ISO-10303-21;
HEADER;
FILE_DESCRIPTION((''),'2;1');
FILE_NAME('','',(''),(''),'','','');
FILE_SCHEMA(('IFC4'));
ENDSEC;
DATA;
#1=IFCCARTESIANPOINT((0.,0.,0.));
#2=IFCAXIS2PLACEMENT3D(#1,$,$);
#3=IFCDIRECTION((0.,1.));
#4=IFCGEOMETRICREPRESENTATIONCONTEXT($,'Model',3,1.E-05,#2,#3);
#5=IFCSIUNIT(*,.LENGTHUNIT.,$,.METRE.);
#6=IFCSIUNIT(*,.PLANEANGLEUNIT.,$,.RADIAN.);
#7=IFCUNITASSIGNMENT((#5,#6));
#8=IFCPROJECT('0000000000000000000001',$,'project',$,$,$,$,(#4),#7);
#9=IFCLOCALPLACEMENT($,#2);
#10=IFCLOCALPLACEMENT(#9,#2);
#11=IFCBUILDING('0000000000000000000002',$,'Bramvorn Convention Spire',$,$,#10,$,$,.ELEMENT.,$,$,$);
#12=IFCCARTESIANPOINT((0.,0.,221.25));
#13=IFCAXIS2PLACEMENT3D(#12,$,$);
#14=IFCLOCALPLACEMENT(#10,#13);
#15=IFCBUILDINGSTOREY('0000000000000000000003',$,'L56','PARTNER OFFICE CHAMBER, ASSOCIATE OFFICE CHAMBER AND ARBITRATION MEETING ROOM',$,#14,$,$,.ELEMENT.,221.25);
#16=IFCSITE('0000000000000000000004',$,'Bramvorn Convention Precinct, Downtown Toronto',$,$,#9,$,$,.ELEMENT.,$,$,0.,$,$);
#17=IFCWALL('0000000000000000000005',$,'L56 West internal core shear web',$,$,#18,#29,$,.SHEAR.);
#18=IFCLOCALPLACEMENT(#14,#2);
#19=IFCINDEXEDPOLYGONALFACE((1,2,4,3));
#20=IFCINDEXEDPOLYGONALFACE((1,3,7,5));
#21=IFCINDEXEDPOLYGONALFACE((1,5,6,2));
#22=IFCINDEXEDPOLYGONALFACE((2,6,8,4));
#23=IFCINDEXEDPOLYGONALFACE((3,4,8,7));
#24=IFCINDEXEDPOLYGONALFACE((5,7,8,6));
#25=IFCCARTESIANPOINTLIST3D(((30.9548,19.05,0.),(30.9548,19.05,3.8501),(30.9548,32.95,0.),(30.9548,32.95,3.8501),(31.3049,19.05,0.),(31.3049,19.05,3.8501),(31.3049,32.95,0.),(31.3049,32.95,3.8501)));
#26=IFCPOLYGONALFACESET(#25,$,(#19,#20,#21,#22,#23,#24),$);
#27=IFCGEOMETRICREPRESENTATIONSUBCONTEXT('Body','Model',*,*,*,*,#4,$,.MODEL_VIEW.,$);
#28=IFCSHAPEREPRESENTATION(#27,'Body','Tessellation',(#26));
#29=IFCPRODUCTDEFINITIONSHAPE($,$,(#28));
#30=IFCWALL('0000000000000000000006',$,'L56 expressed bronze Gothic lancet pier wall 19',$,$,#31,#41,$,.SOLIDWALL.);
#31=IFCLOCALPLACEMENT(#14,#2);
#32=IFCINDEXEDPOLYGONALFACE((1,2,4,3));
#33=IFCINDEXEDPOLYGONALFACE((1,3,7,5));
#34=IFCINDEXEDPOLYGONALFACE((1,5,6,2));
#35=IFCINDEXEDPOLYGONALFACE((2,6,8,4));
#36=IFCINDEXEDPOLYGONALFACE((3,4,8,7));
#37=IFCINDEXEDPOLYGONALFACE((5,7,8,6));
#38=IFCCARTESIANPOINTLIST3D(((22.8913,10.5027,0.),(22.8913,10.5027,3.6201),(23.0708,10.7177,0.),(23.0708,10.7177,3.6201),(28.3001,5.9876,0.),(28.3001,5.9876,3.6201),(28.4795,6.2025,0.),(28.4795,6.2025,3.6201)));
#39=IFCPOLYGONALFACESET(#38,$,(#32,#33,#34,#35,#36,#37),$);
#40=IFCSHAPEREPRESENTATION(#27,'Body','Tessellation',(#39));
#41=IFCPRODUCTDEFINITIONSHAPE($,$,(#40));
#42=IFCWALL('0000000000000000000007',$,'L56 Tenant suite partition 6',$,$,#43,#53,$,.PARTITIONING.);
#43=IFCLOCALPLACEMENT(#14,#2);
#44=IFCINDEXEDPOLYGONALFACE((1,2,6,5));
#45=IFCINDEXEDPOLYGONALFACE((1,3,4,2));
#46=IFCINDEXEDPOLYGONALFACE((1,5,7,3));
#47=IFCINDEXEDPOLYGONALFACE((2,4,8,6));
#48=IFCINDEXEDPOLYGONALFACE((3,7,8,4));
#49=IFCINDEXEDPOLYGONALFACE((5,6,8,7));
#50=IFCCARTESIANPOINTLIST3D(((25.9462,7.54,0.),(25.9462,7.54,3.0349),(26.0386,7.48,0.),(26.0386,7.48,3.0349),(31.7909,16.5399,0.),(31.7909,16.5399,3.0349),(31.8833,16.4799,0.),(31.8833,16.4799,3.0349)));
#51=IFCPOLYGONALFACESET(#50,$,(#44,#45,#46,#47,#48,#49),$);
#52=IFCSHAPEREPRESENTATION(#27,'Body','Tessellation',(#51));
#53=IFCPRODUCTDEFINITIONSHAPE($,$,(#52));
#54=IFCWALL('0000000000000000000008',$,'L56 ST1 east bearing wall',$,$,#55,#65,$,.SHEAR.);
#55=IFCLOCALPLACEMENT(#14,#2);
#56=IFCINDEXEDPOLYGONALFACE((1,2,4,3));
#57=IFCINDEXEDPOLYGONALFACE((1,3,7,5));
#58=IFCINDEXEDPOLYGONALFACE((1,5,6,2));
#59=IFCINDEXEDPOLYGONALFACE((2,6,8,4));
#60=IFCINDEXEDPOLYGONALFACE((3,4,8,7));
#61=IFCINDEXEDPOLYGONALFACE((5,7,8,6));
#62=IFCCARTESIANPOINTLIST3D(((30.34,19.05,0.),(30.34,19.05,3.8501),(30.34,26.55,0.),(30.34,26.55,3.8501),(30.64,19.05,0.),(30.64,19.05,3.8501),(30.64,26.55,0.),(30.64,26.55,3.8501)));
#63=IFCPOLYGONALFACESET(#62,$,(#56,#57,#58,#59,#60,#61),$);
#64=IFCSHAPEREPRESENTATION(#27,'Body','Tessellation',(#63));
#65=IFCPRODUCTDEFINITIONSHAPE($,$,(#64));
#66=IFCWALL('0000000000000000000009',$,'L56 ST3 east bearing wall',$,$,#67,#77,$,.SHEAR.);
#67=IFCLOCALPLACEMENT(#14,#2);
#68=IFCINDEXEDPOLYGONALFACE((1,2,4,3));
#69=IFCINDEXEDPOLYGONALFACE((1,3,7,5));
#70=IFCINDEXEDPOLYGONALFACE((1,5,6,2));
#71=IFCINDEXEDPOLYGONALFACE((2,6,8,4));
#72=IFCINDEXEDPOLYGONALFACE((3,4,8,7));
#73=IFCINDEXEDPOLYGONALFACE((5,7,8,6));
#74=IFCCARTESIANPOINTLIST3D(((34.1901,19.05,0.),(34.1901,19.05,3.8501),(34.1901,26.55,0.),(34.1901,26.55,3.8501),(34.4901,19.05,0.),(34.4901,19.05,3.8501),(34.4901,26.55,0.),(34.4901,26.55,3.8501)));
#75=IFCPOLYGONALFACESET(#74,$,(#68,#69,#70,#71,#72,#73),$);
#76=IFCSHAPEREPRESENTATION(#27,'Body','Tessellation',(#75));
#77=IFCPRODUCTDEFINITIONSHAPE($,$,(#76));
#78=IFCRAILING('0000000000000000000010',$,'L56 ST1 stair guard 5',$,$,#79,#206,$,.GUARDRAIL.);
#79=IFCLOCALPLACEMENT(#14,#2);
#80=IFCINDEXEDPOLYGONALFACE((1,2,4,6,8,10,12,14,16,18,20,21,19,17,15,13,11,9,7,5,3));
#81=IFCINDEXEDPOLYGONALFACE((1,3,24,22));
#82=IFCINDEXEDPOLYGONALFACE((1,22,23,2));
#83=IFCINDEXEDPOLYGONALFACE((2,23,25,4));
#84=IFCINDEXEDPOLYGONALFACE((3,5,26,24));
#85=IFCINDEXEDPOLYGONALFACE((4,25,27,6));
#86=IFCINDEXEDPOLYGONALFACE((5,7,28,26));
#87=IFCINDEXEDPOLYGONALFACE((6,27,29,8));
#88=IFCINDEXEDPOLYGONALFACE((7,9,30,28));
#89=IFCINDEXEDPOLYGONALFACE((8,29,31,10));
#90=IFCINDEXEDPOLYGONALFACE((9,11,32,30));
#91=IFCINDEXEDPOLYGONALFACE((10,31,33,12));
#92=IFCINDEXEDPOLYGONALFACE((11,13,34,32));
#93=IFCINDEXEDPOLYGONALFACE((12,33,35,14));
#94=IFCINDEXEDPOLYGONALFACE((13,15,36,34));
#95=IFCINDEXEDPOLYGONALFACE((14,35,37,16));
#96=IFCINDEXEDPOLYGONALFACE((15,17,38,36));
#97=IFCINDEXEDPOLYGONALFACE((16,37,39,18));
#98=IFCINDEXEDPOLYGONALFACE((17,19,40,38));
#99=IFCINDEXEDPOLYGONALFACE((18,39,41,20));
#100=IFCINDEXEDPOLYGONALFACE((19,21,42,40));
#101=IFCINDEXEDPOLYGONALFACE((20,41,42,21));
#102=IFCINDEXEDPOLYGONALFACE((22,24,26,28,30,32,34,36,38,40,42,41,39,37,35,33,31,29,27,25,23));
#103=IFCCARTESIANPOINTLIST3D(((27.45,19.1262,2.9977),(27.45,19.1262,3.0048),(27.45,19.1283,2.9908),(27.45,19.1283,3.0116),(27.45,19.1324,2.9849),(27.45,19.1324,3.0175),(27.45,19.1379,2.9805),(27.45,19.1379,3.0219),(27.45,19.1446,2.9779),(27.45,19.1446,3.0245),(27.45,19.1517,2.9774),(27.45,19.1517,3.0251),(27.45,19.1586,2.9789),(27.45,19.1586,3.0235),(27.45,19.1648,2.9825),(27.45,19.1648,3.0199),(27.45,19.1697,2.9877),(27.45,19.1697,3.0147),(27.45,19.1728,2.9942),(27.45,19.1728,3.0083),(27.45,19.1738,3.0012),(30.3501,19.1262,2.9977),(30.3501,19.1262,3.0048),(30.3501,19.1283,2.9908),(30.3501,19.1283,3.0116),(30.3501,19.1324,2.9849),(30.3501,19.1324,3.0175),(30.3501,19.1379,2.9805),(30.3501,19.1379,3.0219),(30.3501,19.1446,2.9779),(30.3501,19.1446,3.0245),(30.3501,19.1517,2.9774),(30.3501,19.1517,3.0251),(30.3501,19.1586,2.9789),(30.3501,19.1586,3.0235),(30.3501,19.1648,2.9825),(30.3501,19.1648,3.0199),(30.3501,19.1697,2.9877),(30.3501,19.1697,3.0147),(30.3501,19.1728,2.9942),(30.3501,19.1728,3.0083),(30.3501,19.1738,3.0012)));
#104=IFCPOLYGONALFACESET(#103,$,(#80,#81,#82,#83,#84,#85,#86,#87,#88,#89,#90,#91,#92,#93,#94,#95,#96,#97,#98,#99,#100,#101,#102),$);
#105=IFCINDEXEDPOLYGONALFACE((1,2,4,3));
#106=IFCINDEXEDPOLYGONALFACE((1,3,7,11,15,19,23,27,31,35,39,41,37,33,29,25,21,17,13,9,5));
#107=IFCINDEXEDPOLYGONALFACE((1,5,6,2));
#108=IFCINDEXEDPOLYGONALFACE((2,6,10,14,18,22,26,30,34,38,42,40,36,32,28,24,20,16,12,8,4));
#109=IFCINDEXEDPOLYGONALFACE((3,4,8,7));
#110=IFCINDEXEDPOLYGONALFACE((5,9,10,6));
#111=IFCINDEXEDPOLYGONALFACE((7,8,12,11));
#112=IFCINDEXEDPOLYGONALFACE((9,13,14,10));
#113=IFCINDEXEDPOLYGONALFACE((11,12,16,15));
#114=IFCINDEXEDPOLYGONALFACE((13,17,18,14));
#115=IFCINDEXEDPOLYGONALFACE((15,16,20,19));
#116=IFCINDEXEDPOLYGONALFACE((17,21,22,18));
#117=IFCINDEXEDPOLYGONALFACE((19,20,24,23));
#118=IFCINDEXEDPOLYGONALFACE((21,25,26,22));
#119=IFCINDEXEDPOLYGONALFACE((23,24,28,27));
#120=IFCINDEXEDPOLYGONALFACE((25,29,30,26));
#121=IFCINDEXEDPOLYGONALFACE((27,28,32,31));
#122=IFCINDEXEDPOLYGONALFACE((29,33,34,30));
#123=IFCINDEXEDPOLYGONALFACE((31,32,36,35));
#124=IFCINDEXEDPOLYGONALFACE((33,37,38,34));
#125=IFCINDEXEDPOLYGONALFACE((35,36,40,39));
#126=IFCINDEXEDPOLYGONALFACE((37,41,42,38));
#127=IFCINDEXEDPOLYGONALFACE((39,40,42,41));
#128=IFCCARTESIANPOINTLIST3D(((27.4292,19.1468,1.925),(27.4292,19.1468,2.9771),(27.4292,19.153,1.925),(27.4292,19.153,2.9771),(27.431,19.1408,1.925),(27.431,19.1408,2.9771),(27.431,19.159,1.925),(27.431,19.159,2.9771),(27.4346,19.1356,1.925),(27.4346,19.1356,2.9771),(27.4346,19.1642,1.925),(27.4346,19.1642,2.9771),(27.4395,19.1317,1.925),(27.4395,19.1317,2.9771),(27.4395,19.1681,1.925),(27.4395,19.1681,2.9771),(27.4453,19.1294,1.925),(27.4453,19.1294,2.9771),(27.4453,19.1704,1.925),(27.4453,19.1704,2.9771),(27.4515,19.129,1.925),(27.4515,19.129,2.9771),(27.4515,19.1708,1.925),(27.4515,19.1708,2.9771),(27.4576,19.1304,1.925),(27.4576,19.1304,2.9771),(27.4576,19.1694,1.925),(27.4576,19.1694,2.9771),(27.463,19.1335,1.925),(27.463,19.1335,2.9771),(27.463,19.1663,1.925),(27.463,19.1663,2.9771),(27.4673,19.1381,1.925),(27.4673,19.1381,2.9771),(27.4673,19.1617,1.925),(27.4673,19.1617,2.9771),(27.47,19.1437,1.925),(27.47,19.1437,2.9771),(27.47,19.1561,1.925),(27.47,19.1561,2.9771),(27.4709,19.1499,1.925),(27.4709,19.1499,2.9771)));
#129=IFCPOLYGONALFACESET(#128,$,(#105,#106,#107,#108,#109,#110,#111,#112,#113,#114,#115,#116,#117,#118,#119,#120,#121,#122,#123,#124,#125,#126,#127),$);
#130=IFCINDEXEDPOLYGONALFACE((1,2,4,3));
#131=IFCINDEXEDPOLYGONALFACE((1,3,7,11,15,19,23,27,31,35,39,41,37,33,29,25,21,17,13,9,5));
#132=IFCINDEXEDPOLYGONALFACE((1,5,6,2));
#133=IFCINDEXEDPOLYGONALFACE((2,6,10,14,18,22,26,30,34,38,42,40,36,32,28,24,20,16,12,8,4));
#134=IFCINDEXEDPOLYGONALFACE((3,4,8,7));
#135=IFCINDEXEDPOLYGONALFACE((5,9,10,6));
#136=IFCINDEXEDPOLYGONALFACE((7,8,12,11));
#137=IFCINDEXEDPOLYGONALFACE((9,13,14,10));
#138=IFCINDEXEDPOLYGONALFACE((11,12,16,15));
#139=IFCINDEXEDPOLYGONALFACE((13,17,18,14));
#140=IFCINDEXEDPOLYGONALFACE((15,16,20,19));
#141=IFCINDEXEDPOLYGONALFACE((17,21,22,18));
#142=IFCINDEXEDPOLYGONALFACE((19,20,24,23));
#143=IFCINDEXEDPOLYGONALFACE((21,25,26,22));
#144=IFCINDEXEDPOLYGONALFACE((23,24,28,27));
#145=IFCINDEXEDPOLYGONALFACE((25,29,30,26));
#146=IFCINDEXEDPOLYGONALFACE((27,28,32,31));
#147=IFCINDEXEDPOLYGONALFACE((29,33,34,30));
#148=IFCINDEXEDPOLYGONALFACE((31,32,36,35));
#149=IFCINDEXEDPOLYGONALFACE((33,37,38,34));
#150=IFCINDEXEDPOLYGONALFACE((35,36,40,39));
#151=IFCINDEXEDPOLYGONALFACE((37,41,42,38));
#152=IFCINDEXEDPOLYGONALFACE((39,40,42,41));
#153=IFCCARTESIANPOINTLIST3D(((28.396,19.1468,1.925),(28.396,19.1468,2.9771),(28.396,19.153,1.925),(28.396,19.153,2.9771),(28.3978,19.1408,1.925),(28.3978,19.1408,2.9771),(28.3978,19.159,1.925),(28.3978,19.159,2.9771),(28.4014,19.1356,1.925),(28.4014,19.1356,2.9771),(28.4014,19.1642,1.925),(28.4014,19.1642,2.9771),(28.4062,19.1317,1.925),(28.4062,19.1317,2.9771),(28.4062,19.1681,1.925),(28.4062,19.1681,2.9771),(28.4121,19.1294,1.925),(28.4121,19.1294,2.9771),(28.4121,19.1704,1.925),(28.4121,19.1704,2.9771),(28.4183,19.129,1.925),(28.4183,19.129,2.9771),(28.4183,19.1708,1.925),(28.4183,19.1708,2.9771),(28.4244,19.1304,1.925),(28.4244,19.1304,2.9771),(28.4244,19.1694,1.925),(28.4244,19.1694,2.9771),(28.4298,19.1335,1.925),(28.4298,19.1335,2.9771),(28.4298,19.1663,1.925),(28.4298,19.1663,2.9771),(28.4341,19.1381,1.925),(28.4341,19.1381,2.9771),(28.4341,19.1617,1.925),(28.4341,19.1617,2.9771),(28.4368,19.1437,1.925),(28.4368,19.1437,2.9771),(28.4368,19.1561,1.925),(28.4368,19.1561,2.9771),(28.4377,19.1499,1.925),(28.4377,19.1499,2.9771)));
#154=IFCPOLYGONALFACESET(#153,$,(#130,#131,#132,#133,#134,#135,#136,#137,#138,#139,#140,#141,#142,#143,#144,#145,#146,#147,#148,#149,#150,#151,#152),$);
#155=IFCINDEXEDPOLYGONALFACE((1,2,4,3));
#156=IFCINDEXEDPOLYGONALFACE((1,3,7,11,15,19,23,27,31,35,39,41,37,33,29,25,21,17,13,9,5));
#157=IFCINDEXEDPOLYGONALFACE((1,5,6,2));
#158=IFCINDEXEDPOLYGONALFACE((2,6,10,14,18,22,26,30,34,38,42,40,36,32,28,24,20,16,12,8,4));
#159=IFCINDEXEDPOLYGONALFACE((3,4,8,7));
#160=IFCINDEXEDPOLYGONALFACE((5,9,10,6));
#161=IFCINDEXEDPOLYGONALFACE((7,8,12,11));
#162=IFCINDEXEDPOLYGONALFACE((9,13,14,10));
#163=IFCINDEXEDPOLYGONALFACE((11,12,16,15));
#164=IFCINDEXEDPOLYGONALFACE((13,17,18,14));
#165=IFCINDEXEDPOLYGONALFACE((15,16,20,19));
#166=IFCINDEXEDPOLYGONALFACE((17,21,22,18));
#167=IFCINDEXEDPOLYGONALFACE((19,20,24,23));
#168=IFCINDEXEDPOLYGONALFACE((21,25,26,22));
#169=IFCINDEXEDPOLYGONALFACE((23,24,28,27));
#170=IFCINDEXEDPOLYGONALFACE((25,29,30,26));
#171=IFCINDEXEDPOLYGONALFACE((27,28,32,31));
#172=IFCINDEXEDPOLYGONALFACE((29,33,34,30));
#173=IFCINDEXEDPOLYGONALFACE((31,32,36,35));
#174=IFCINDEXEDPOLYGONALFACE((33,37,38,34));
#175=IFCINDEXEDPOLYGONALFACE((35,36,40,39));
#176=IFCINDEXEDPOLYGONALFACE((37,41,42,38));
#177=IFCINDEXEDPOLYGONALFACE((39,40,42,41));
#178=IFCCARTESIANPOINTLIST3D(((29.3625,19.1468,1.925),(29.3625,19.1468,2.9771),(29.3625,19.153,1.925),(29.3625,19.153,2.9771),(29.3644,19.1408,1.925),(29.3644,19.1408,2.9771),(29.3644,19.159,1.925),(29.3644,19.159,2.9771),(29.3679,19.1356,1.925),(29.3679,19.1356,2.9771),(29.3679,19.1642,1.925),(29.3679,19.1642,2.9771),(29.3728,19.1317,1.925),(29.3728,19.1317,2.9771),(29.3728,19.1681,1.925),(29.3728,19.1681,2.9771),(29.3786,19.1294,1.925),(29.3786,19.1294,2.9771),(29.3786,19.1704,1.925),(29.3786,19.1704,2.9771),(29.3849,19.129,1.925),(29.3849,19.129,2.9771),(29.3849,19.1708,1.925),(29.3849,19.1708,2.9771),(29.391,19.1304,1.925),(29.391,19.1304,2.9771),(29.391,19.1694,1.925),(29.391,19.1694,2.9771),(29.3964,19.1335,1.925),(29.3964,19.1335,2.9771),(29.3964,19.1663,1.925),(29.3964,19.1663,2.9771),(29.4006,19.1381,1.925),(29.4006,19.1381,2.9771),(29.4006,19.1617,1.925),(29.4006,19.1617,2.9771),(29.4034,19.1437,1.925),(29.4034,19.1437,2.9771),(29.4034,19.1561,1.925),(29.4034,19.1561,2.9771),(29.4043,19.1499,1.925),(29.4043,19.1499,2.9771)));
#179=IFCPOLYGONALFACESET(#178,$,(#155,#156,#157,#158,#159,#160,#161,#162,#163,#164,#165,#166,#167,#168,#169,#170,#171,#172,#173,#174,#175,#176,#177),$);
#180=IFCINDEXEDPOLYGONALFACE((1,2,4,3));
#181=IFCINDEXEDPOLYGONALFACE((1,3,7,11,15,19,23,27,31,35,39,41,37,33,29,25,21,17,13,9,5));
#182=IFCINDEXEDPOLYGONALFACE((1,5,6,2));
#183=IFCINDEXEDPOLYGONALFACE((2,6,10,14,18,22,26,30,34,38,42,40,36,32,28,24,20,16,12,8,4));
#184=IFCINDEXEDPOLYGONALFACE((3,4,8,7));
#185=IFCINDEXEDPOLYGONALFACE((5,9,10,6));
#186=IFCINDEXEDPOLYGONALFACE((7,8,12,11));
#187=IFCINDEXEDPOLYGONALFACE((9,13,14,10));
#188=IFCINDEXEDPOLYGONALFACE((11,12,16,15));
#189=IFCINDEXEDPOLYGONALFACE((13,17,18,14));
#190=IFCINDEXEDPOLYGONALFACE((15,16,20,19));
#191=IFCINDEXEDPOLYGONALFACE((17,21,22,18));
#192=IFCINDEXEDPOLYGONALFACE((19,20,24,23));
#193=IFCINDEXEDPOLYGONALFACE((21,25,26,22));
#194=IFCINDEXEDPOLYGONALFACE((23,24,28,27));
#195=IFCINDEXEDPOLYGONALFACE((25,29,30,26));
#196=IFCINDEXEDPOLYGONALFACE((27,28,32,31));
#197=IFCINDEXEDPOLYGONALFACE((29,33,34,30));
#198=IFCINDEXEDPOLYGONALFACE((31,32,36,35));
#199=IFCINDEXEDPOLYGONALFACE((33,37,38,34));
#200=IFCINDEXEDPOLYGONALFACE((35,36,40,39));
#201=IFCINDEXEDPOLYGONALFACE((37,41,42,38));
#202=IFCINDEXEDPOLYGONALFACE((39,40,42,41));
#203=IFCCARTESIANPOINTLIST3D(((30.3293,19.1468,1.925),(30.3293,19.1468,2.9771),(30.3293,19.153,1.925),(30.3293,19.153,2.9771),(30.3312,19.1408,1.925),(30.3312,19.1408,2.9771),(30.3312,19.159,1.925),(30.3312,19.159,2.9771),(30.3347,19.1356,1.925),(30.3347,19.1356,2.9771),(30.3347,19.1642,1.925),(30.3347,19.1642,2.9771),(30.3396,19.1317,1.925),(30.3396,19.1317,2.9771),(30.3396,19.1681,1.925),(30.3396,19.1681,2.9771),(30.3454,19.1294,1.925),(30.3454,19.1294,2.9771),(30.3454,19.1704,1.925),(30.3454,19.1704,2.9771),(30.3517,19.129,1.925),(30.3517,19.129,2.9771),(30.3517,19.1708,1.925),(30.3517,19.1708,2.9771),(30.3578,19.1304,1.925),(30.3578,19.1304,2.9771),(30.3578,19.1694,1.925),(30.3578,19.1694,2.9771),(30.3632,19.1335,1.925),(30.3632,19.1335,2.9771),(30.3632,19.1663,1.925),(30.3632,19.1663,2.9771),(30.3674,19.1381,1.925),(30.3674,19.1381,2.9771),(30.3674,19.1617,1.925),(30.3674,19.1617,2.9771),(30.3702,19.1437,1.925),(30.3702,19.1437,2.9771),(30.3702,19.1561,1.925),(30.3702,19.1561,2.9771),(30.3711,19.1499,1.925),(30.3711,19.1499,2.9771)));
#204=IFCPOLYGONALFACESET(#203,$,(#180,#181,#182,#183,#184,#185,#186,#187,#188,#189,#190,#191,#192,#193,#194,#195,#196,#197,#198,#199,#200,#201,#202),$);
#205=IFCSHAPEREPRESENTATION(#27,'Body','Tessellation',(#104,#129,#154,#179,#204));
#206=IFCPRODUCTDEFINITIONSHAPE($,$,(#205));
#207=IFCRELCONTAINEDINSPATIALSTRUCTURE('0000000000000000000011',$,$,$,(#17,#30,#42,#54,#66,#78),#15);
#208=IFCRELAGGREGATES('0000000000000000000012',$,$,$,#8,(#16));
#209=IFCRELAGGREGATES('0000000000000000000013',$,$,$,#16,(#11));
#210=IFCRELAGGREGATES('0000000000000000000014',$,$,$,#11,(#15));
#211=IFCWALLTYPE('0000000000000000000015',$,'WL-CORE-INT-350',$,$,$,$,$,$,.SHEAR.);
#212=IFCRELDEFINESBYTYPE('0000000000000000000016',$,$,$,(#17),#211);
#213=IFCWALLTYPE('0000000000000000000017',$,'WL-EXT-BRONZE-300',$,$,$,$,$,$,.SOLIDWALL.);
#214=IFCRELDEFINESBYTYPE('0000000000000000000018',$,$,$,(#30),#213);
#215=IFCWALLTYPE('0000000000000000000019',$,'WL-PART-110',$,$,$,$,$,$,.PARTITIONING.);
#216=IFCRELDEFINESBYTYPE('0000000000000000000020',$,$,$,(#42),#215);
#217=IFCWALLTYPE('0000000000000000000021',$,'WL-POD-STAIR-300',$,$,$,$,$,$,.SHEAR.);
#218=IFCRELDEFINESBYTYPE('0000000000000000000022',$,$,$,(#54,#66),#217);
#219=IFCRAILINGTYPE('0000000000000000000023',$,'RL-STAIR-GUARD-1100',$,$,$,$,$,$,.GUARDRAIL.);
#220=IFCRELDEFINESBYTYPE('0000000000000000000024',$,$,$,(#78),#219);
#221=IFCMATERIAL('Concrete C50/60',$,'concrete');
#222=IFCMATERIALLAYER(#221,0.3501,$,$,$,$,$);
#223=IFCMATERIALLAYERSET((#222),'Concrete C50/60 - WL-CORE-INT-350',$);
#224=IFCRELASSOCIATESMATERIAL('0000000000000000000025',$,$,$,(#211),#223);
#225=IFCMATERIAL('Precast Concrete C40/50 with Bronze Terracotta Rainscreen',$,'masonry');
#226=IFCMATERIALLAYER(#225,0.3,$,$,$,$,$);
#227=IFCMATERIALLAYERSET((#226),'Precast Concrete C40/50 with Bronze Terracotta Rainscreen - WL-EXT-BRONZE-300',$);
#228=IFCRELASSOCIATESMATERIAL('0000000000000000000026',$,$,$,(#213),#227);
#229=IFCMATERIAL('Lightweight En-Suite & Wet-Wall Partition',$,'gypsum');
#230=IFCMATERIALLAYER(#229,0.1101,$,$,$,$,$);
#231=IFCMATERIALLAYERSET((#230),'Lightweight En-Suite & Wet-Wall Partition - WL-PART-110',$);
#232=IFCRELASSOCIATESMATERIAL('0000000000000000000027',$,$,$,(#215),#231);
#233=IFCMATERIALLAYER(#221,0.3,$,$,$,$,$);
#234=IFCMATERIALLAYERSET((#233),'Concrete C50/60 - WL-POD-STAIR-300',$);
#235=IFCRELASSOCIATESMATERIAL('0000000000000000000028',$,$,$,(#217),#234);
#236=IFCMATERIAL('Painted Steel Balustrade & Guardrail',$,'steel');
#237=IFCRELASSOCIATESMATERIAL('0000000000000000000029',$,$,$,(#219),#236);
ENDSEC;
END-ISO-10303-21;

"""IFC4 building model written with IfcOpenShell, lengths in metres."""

from ifc_helpers import new_model, si_unit, direction, frame, frame_2d, origin, origin_2d, place, context, subcontext, project, spatial, rectangle, circle, extrude, material, layer, layer_set, type_object, element, save


model = new_model("IFC4")

# Units and contexts
model_context = context("Model", 3, precision=1e-05, world=origin(), true_north=direction((0.0, 1.0)))
body_context = subcontext(model_context, "Body", "Model", "MODEL_VIEW")
ifc_project = project(units=[si_unit("LENGTHUNIT", "METRE"), si_unit("PLANEANGLEUNIT", "RADIAN")], contexts=[model_context])

# Site, building, storey
site_placement = place(None, origin())
site = spatial("IfcSite", under=ifc_project, at=site_placement, Name="Bramvorn Convention Precinct, Downtown Toronto", CompositionType="ELEMENT", RefElevation=0.0)
building_placement = place(site_placement, origin())
building = spatial("IfcBuilding", under=site, at=building_placement, Name="Bramvorn Convention Spire", CompositionType="ELEMENT")
storey_placement = place(building_placement, frame((0.0, 0.0, 221.25)))
storey = spatial("IfcBuildingStorey", under=building, at=storey_placement, Name="L56", Description="PARTNER OFFICE CHAMBER, ASSOCIATE OFFICE CHAMBER AND ARBITRATION MEETING ROOM", CompositionType="ELEMENT", Elevation=221.25)

# Walls
ifc_material_1 = material(Name="Concrete C50/60", Category="concrete")
ifc_layer_1 = layer(ifc_material_1, 0.3501)
ifc_layer_set_1 = layer_set([ifc_layer_1], Name="Concrete C50/60 - WL-CORE-INT-350")
wall_type_1 = type_object("IfcWallType", Name="WL-CORE-INT-350", PredefinedType="SHEAR", material=ifc_layer_set_1)
wall_1_placement = place(storey_placement, frame((31.1299, 19.05, 0.0), z_axis=(0.0, 0.0, 1.0), x_axis=(0.0, 1.0, 0.0)))
element("IfcWall", 1, at=wall_1_placement, inside=storey, type_object=wall_type_1, Name="L56 West internal core shear web", PredefinedType="SHEAR", context=body_context, shape_type="SweptSolid", body=[
    extrude(rectangle(XDim=13.8999, YDim=0.3501, at=frame_2d((6.95, 0.0))), origin(), (0.0, 0.0, 1.0), 3.8501),
])
ifc_material_2 = material(Name="Precast Concrete C40/50 with Bronze Terracotta Rainscreen", Category="masonry")
ifc_layer_2 = layer(ifc_material_2, 0.3)
ifc_layer_set_2 = layer_set([ifc_layer_2], Name="Precast Concrete C40/50 with Bronze Terracotta Rainscreen - WL-EXT-BRONZE-300")
wall_type_2 = type_object("IfcWallType", Name="WL-EXT-BRONZE-300", PredefinedType="SOLIDWALL", material=ifc_layer_set_2)
wall_2_placement = place(storey_placement, frame((28.3899, 6.095, 0.0), z_axis=(0.0, 0.0, 1.0), x_axis=(-0.76767, 0.640845, 0.0)))
element("IfcWall", 2, at=wall_2_placement, inside=storey, type_object=wall_type_2, Name="L56 expressed bronze Gothic lancet pier wall 19", PredefinedType="SOLIDWALL", context=body_context, shape_type="SweptSolid", body=[
    extrude(rectangle(XDim=7.0457, YDim=0.28, at=frame_2d((3.5229, 0.0))), origin(), (0.0, 0.0, 1.0), 3.6201),
])
ifc_material_3 = material(Name="Lightweight En-Suite & Wet-Wall Partition", Category="gypsum")
ifc_layer_3 = layer(ifc_material_3, 0.1101)
ifc_layer_set_3 = layer_set([ifc_layer_3], Name="Lightweight En-Suite & Wet-Wall Partition - WL-PART-110")
wall_type_3 = type_object("IfcWallType", Name="WL-PART-110", PredefinedType="PARTITIONING", material=ifc_layer_set_3)
wall_3_placement = place(storey_placement, frame((31.8372, 16.51, 0.0), z_axis=(0.0, 0.0, 1.0), x_axis=(-0.544643, -0.838668, 0.0)))
element("IfcWall", 3, at=wall_3_placement, inside=storey, type_object=wall_type_3, Name="L56 Tenant suite partition 6", PredefinedType="PARTITIONING", context=body_context, shape_type="SweptSolid", body=[
    extrude(rectangle(XDim=10.7312, YDim=0.1101, at=frame_2d((5.3657, 0.0))), origin(), (0.0, 0.0, 1.0), 3.0349),
])
ifc_layer_4 = layer(ifc_material_1, 0.3)
ifc_layer_set_4 = layer_set([ifc_layer_4], Name="Concrete C50/60 - WL-POD-STAIR-300")
wall_type_4 = type_object("IfcWallType", Name="WL-POD-STAIR-300", PredefinedType="SHEAR", material=ifc_layer_set_4)
for number, where, z_axis, x_axis, name in (
    (4, (30.49, 19.05, 0.0), (0.0, 0.0, 1.0), (0.0, 1.0, 0.0), "L56 ST1 east bearing wall"),
    (5, (34.3401, 19.05, 0.0), (0.0, 0.0, 1.0), (0.0, 1.0, 0.0), "L56 ST3 east bearing wall"),
):
    element("IfcWall", number, at=place(storey_placement, frame(where, z_axis=z_axis, x_axis=x_axis)), inside=storey, type_object=wall_type_4, Name=name, PredefinedType="SHEAR", context=body_context, shape_type="SweptSolid", body=[
        extrude(rectangle(XDim=7.5, YDim=0.3, at=frame_2d((3.75, 0.0))), origin(), (0.0, 0.0, 1.0), 3.8501),
    ])

# Railing
ifc_material_4 = material(Name="Painted Steel Balustrade & Guardrail", Category="steel")
railing_type = type_object("IfcRailingType", Name="RL-STAIR-GUARD-1100", PredefinedType="GUARDRAIL", material=ifc_material_4)
railing_1_placement = place(storey_placement, frame((27.45, 19.1499, 1.925)))
element("IfcRailing", 6, at=railing_1_placement, inside=storey, type_object=railing_type, Name="L56 ST1 stair guard 5", PredefinedType="GUARDRAIL", context=body_context, shape_type="SweptSolid", body=[
    extrude(circle(Radius=0.0239, at=origin_2d()), frame((0.0, 0.0, 1.0762), z_axis=(1.0, 0.0, 0.0), x_axis=(0.0, 1.0, 0.0)), (0.0, 0.0, 1.0), 2.9001),
    extrude(circle(Radius=0.021, at=origin_2d()), origin(), (0.0, 0.0, 1.0), 1.052),
    extrude(circle(Radius=0.021, at=origin_2d()), frame((0.9668, 0.0, 0.0)), (0.0, 0.0, 1.0), 1.052),
    extrude(circle(Radius=0.021, at=origin_2d()), frame((1.9333, 0.0, 0.0)), (0.0, 0.0, 1.0), 1.052),
    extrude(circle(Radius=0.021, at=origin_2d()), frame((2.9001, 0.0, 0.0)), (0.0, 0.0, 1.0), 1.052),
])

save(model, "model.ifc")
